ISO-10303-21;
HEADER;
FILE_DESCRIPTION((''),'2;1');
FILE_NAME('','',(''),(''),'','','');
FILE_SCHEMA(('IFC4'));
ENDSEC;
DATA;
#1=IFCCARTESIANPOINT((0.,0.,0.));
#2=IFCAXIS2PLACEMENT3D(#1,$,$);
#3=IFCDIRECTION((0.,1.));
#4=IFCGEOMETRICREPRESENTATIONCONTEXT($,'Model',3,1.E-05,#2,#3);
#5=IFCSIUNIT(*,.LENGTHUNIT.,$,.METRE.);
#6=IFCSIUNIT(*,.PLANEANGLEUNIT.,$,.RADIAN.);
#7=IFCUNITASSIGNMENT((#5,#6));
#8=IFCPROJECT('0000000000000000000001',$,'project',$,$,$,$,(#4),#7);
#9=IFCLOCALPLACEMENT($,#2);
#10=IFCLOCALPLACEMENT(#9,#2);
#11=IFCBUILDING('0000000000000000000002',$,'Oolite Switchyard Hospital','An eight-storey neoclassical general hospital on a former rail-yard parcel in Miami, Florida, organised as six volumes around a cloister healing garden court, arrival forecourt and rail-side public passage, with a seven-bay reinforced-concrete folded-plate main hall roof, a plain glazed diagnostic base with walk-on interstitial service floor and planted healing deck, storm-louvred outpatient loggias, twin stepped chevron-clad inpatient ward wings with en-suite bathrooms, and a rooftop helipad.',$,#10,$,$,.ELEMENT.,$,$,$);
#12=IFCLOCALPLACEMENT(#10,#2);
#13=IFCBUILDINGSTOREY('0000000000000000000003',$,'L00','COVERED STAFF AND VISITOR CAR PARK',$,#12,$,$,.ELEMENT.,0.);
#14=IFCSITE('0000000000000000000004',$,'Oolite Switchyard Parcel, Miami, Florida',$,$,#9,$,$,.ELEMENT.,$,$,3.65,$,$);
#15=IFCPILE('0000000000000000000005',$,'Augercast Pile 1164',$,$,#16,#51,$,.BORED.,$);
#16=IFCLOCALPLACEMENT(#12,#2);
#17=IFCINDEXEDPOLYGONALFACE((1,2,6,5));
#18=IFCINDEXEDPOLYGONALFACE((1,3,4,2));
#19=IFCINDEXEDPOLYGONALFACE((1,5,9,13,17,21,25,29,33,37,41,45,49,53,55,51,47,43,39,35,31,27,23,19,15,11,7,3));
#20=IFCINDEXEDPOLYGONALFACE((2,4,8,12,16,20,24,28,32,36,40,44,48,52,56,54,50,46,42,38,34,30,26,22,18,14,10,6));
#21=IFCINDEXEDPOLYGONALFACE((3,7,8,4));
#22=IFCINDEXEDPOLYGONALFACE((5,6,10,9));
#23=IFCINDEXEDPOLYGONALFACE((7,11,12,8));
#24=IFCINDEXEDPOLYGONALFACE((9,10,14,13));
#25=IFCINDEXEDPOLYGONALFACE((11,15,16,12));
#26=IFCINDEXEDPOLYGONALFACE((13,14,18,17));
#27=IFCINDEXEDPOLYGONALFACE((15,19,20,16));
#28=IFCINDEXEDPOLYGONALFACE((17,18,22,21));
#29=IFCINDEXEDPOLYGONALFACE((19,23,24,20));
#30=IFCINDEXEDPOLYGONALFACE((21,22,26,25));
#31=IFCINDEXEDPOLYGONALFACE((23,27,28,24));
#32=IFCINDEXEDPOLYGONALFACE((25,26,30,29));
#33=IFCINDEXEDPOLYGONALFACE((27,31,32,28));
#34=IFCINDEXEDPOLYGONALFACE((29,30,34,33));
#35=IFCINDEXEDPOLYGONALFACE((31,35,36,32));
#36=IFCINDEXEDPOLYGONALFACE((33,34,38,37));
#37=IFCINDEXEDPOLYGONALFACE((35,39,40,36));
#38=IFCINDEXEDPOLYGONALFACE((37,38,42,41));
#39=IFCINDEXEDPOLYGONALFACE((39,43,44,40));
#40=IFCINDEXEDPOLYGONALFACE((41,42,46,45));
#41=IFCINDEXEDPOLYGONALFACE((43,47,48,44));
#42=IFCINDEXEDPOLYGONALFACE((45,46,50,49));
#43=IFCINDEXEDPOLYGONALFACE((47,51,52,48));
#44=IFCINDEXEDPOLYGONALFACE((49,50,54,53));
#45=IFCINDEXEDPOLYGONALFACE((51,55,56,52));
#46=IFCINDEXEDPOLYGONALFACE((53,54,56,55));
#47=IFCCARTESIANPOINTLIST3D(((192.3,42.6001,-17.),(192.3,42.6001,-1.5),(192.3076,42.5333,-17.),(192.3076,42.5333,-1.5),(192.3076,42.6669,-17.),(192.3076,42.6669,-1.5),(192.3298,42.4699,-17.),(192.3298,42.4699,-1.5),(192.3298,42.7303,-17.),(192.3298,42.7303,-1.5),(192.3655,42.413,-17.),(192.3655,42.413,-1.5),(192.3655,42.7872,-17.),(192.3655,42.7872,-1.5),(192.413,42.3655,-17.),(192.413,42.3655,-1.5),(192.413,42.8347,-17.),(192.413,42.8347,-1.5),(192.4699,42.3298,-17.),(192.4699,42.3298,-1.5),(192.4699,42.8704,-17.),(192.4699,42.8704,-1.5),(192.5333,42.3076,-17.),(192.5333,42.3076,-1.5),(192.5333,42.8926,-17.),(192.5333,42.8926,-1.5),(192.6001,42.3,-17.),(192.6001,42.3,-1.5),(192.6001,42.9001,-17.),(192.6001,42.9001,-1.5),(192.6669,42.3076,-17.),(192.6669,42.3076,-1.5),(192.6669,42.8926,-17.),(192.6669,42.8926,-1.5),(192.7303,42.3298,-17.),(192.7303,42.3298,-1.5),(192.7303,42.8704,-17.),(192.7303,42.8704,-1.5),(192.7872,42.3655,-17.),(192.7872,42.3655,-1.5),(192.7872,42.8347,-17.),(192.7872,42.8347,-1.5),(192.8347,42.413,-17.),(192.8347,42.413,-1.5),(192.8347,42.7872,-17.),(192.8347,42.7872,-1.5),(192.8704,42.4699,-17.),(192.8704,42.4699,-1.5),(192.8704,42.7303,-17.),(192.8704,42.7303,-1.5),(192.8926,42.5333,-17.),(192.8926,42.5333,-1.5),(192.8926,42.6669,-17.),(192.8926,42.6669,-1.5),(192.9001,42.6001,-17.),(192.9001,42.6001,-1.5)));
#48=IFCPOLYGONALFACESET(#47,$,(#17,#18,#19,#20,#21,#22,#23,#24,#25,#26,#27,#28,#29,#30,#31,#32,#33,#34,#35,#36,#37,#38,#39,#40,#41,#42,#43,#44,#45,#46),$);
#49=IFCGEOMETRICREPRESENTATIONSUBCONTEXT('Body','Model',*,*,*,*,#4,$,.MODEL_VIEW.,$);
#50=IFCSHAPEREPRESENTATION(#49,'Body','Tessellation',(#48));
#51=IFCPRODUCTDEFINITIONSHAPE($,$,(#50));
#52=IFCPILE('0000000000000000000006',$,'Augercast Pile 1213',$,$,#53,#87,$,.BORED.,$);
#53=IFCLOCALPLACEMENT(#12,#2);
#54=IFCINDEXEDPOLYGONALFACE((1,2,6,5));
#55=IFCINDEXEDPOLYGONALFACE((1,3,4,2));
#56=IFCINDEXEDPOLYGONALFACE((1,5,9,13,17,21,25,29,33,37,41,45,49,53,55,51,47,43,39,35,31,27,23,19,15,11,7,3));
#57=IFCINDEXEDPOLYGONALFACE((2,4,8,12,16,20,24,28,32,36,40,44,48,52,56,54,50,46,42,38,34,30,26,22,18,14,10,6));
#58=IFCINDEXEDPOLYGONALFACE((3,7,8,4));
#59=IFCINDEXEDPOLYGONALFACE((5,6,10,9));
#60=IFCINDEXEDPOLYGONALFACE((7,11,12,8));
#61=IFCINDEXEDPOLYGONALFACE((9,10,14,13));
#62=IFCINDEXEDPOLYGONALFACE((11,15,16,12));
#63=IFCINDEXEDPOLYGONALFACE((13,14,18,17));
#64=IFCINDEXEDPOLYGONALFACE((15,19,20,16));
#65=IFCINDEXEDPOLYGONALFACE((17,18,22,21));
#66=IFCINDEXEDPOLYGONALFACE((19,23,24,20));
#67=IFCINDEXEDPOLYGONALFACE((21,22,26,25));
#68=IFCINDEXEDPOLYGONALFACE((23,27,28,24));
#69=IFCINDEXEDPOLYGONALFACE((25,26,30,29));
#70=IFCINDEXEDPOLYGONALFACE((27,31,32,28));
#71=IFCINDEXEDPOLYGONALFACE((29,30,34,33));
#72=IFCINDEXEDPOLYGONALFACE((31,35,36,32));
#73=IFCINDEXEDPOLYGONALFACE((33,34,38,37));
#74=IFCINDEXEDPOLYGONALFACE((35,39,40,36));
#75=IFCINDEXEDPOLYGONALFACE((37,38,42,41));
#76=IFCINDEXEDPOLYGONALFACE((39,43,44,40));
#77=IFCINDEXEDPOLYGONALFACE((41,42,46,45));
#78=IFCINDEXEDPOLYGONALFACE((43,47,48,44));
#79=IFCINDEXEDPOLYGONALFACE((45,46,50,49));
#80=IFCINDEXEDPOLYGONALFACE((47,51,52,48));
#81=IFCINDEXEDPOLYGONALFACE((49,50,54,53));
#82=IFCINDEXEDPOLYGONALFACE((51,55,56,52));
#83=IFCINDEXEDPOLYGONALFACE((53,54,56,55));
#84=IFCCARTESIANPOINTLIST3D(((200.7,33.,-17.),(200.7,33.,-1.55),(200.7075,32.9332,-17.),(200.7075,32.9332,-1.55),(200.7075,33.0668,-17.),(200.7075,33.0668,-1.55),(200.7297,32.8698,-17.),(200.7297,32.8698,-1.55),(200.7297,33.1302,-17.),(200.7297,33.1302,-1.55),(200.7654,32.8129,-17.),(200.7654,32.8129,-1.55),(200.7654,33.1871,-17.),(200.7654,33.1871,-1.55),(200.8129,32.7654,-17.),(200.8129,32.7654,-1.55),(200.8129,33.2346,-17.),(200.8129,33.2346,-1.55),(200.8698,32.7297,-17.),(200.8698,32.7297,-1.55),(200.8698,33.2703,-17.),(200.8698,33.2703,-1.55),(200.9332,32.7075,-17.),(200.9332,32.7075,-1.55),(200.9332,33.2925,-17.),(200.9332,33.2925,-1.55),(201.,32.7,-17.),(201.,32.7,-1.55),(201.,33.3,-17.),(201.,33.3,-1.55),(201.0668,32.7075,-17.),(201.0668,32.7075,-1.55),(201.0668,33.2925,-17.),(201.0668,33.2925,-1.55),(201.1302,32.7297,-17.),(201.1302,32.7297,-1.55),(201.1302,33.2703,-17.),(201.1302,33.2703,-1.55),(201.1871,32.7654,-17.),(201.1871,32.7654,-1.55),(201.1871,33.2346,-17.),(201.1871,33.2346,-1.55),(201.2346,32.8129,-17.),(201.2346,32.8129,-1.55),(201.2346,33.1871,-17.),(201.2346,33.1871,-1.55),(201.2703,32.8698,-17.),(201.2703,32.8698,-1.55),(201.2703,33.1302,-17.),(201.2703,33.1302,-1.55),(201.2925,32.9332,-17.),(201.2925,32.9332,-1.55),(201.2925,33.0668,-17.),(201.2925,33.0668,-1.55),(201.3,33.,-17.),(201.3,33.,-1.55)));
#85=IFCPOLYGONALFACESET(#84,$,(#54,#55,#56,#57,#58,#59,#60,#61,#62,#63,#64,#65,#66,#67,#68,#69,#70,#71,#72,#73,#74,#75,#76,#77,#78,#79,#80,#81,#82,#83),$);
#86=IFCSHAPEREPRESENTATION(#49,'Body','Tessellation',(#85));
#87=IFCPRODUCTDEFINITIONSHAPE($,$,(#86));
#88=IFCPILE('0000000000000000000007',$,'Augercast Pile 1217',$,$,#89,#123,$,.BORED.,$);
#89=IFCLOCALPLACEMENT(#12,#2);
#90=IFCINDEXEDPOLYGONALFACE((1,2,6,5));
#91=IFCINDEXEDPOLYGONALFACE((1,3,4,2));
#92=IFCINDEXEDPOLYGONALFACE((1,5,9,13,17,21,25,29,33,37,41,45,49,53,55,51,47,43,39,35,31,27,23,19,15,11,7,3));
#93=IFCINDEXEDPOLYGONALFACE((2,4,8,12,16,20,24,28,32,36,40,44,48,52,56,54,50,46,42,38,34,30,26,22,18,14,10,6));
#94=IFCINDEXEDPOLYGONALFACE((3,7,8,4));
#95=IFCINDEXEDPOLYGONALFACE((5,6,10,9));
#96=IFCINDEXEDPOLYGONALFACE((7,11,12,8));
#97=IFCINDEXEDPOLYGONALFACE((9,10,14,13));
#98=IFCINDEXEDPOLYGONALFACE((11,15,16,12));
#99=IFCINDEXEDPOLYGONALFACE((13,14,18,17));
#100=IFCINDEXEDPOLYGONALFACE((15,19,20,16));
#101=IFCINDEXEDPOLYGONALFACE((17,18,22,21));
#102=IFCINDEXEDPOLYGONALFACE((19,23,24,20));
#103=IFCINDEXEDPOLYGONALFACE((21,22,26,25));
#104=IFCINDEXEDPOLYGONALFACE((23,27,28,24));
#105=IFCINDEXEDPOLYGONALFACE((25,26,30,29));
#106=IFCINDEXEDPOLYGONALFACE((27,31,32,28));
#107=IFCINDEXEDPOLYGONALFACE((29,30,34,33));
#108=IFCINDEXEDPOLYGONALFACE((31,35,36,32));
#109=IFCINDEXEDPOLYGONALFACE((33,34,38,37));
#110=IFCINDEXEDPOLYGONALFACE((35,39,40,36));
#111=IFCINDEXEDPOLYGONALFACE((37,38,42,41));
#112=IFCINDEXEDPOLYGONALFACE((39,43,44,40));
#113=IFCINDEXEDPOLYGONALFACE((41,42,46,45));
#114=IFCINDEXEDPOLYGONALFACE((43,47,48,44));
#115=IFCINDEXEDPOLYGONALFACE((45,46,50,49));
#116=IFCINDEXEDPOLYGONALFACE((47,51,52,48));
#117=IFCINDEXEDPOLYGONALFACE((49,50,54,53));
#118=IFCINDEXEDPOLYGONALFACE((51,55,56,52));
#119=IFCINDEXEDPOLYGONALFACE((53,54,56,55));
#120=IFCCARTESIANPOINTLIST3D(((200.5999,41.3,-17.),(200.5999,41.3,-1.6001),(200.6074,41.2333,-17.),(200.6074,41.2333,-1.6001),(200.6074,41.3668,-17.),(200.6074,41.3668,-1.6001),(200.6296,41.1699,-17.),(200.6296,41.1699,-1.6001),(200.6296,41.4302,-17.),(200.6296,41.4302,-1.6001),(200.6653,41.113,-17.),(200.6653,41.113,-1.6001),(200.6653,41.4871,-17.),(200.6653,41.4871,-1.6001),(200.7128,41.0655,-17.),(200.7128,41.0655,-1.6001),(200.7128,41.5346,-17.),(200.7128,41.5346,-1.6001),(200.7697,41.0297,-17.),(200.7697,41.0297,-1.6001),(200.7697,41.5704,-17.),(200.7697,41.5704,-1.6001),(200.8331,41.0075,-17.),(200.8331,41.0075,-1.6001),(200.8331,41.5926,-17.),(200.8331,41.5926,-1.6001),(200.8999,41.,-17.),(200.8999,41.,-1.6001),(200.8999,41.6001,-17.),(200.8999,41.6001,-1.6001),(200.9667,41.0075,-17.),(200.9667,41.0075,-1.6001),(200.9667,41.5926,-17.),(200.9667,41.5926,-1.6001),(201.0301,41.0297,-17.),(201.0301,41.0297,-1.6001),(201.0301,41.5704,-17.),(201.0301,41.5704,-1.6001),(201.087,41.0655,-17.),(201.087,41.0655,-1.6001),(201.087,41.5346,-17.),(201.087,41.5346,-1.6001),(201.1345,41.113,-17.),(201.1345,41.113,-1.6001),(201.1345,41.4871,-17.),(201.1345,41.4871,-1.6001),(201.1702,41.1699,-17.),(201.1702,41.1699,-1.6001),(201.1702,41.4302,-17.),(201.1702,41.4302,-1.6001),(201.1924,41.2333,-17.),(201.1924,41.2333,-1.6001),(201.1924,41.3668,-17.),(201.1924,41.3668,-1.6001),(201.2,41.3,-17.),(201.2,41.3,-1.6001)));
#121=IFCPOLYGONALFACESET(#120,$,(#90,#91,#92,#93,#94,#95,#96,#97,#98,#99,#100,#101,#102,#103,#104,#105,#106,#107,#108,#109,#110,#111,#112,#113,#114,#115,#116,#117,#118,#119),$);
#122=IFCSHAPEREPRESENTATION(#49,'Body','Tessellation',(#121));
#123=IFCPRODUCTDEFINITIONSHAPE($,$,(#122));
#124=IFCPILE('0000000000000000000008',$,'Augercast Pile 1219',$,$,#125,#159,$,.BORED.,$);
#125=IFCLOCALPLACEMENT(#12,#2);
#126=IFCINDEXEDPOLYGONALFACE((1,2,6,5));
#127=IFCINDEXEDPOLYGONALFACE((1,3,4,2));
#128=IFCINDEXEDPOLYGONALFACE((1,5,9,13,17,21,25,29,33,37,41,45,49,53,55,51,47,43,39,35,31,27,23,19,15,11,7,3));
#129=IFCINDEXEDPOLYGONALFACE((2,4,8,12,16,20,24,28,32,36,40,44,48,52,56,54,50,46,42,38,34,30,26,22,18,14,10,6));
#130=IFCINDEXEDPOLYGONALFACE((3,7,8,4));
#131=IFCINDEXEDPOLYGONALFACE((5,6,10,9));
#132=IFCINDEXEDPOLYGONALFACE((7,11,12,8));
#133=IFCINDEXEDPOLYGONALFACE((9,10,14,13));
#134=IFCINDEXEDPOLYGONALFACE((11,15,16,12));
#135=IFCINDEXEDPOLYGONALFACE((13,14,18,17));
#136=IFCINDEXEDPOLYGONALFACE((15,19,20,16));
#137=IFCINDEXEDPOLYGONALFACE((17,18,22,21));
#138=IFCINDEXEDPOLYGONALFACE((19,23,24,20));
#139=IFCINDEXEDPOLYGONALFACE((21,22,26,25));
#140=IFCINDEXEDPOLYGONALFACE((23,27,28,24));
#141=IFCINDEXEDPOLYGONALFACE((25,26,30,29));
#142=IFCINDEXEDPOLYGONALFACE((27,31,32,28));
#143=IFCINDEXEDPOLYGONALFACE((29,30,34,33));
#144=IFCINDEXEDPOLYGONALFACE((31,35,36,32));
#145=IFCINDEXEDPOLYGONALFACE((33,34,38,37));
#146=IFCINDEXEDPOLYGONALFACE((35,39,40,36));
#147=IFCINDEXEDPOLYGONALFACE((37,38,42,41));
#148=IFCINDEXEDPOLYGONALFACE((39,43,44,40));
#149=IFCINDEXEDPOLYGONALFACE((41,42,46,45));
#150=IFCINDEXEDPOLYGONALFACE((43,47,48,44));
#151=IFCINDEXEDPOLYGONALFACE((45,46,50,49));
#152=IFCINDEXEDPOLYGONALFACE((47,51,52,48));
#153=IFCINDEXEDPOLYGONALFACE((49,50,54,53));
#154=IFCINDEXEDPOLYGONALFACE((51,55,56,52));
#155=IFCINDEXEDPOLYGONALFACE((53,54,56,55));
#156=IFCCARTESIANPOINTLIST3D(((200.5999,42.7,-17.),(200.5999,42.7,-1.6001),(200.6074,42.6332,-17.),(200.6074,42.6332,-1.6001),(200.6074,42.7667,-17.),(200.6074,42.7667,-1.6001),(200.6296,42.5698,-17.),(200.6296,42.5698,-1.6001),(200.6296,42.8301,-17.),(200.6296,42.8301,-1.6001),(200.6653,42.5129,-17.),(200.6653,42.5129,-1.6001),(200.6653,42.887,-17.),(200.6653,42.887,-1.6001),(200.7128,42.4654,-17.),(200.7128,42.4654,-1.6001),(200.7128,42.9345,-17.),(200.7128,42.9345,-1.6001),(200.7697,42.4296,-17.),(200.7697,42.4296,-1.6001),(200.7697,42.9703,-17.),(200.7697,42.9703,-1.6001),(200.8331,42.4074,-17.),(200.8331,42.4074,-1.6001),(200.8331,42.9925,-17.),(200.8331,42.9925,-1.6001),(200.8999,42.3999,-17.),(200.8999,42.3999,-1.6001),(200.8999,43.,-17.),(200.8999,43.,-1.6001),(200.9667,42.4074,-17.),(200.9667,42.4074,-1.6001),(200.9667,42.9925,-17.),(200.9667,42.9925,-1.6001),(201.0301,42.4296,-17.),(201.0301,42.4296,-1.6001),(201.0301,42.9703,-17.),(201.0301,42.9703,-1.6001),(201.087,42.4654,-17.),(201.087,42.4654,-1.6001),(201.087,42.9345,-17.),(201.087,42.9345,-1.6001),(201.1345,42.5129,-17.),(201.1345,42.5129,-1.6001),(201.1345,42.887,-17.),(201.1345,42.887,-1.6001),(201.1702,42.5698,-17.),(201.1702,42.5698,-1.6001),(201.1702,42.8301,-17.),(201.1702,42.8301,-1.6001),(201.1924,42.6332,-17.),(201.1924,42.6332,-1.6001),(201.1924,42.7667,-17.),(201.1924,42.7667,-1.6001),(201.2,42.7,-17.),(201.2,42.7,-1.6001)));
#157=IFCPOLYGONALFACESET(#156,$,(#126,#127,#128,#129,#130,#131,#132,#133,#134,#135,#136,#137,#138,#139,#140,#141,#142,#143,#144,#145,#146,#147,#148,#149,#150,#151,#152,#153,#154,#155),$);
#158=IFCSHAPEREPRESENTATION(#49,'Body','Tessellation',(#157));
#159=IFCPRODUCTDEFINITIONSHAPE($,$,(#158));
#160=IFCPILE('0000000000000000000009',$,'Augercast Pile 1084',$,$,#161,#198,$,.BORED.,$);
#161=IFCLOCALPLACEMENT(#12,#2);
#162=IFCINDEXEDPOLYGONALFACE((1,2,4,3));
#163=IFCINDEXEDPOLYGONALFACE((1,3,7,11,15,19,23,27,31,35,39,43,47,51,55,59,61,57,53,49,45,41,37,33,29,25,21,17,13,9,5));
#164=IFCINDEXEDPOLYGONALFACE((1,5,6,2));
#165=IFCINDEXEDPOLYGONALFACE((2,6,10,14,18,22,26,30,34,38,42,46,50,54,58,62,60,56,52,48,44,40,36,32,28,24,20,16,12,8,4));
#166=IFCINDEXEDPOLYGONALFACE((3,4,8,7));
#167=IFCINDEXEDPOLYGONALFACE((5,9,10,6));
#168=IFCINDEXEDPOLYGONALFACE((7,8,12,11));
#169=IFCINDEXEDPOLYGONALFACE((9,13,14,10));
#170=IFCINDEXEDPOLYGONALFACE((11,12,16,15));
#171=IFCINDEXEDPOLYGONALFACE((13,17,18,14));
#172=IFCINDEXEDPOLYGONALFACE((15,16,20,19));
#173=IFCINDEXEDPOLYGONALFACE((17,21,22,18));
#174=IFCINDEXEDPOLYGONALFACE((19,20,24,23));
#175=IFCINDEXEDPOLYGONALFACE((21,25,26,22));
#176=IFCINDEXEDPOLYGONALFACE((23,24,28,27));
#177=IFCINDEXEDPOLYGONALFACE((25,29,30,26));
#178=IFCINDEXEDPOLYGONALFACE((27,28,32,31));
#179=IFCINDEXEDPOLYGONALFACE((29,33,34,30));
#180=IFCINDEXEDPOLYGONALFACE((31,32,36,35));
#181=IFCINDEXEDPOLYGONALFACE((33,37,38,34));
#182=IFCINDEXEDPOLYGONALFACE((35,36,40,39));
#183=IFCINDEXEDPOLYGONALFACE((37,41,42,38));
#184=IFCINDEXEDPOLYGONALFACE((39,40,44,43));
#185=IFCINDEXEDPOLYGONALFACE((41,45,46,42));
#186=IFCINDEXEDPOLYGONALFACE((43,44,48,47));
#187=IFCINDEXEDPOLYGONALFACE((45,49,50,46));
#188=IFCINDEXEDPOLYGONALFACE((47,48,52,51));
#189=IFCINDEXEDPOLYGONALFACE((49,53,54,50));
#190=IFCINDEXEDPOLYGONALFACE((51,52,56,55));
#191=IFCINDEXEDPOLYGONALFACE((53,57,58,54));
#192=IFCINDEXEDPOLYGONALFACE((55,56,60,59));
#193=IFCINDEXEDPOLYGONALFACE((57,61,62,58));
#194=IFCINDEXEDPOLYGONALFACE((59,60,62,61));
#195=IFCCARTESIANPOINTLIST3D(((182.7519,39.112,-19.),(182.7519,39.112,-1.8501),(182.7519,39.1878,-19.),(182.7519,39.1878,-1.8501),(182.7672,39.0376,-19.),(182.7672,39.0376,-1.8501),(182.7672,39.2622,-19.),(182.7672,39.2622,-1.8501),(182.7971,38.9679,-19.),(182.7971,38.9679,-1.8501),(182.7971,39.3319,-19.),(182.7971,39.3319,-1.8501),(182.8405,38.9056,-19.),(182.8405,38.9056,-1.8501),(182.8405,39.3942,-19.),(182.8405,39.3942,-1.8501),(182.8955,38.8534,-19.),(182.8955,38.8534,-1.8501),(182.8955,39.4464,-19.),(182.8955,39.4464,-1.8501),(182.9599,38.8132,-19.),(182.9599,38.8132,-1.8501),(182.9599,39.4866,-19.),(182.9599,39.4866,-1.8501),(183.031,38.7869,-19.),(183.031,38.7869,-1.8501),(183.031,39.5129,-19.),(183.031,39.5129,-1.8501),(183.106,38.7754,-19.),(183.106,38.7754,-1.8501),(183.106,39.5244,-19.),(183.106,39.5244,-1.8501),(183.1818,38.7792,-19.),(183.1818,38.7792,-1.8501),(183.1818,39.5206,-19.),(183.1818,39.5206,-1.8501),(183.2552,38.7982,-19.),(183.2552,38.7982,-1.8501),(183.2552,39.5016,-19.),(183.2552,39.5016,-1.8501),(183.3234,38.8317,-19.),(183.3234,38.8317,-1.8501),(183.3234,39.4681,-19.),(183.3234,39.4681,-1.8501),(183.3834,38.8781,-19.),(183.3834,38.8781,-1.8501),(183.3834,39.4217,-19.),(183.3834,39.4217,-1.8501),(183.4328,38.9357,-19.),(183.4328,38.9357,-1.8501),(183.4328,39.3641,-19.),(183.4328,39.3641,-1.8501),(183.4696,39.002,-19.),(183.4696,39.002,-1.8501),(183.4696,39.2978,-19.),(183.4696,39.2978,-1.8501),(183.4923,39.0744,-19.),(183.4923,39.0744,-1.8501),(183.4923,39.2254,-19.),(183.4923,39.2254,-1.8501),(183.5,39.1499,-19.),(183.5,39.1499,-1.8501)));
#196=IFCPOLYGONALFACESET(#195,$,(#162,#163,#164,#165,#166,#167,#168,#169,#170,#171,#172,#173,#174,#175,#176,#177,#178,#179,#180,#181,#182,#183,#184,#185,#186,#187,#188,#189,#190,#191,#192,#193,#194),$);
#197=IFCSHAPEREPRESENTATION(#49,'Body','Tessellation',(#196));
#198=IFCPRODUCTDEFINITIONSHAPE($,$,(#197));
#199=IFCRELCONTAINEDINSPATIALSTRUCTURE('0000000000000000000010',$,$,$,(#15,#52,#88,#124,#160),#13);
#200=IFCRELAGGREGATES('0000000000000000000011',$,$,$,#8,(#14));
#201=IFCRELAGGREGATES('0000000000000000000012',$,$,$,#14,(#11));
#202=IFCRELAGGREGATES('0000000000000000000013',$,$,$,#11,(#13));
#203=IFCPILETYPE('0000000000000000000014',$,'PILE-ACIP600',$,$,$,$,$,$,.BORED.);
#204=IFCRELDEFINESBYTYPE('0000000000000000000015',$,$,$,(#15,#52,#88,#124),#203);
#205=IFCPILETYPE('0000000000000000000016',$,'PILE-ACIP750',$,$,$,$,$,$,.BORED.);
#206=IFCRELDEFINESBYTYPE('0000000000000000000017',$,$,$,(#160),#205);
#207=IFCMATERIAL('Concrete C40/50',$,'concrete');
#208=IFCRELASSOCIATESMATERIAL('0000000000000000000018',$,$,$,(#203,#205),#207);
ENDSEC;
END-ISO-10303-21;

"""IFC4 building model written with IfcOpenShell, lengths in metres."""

from ifc_helpers import new_model, si_unit, direction, frame, origin, origin_2d, place, context, subcontext, project, spatial, circle, extrude, material, material_profile, profile_set, type_object, element, save


model = new_model("IFC4")

# Units and contexts
model_context = context("Model", 3, precision=1e-05, world=origin(), true_north=direction((0.0, 1.0)))
body_context = subcontext(model_context, "Body", "Model", "MODEL_VIEW")
ifc_project = project(units=[si_unit("LENGTHUNIT", "METRE"), si_unit("PLANEANGLEUNIT", "RADIAN")], contexts=[model_context])

# Site, building, storey
site_placement = place(None, origin())
site = spatial("IfcSite", under=ifc_project, at=site_placement, Name="Oolite Switchyard Parcel, Miami, Florida", CompositionType="ELEMENT", RefElevation=3.65)
building_placement = place(site_placement, origin())
building = spatial("IfcBuilding", under=site, at=building_placement, Name="Oolite Switchyard Hospital", Description="An eight-storey neoclassical general hospital on a former rail-yard parcel in Miami, Florida, organised as six volumes around a cloister healing garden court, arrival forecourt and rail-side public passage, with a seven-bay reinforced-concrete folded-plate main hall roof, a plain glazed diagnostic base with walk-on interstitial service floor and planted healing deck, storm-louvred outpatient loggias, twin stepped chevron-clad inpatient ward wings with en-suite bathrooms, and a rooftop helipad.", CompositionType="ELEMENT")
storey_placement = place(building_placement, origin())
storey = spatial("IfcBuildingStorey", under=building, at=storey_placement, Name="L00", Description="COVERED STAFF AND VISITOR CAR PARK", CompositionType="ELEMENT", Elevation=0.0)

# Shared definitions
ifc_material_1 = material(Name="Concrete C40/50", Category="concrete")

# Piles
ifc_material_profile_1 = material_profile(ifc_material_1, circle(Radius=0.3, at=origin_2d()), Name="PILE600")
ifc_profile_set_1 = profile_set([ifc_material_profile_1], Name="Concrete C40/50")
pile_type_1 = type_object("IfcPileType", Name="PILE-ACIP600", PredefinedType="BORED", material=ifc_profile_set_1)
for number, where, z_axis, x_axis, name in (
    (1, (192.6001, 42.6001, -1.5), (0.0, 0.0, -1.0), (1.0, 0.0, 0.0), "Augercast Pile 1164"),
):
    element("IfcPile", number, at=place(storey_placement, frame(where, z_axis=z_axis, x_axis=x_axis)), inside=storey, type_object=pile_type_1, Name=name, PredefinedType="BORED", context=body_context, shape_type="SweptSolid", body=[
        extrude(circle(Radius=0.3, at=origin_2d()), origin(), (0.0, 0.0, 1.0), 15.5),
    ])
pile_1_placement = place(storey_placement, frame((201.0, 33.0, -1.55), z_axis=(0.0, 0.0, -1.0), x_axis=(1.0, 0.0, 0.0)))
element("IfcPile", 2, at=pile_1_placement, inside=storey, type_object=pile_type_1, Name="Augercast Pile 1213", PredefinedType="BORED", context=body_context, shape_type="SweptSolid", body=[
    extrude(circle(Radius=0.3, at=origin_2d()), origin(), (0.0, 0.0, 1.0), 15.45),
])
for number, where, z_axis, x_axis, name in (
    (3, (200.8999, 41.3, -1.6001), (0.0, 0.0, -1.0), (1.0, 0.0, 0.0), "Augercast Pile 1217"),
    (4, (200.8999, 42.7, -1.6001), (0.0, 0.0, -1.0), (1.0, 0.0, 0.0), "Augercast Pile 1219"),
):
    element("IfcPile", number, at=place(storey_placement, frame(where, z_axis=z_axis, x_axis=x_axis)), inside=storey, type_object=pile_type_1, Name=name, PredefinedType="BORED", context=body_context, shape_type="SweptSolid", body=[
        extrude(circle(Radius=0.3, at=origin_2d()), origin(), (0.0, 0.0, 1.0), 15.3999),
    ])
ifc_material_profile_2 = material_profile(ifc_material_1, circle(Radius=0.375, at=origin_2d()), Name="PILE750")
ifc_profile_set_2 = profile_set([ifc_material_profile_2], Name="Concrete C40/50")
pile_type_2 = type_object("IfcPileType", Name="PILE-ACIP750", PredefinedType="BORED", material=ifc_profile_set_2)
for number, where, z_axis, x_axis, name in (
    (5, (183.125, 39.1499, -1.8501), (0.0, 0.0, -1.0), (1.0, 0.0, 0.0), "Augercast Pile 1084"),
):
    element("IfcPile", number, at=place(storey_placement, frame(where, z_axis=z_axis, x_axis=x_axis)), inside=storey, type_object=pile_type_2, Name=name, PredefinedType="BORED", context=body_context, shape_type="SweptSolid", body=[
        extrude(circle(Radius=0.375, at=origin_2d()), origin(), (0.0, 0.0, 1.0), 17.1499),
    ])

save(model, "model.ifc")
